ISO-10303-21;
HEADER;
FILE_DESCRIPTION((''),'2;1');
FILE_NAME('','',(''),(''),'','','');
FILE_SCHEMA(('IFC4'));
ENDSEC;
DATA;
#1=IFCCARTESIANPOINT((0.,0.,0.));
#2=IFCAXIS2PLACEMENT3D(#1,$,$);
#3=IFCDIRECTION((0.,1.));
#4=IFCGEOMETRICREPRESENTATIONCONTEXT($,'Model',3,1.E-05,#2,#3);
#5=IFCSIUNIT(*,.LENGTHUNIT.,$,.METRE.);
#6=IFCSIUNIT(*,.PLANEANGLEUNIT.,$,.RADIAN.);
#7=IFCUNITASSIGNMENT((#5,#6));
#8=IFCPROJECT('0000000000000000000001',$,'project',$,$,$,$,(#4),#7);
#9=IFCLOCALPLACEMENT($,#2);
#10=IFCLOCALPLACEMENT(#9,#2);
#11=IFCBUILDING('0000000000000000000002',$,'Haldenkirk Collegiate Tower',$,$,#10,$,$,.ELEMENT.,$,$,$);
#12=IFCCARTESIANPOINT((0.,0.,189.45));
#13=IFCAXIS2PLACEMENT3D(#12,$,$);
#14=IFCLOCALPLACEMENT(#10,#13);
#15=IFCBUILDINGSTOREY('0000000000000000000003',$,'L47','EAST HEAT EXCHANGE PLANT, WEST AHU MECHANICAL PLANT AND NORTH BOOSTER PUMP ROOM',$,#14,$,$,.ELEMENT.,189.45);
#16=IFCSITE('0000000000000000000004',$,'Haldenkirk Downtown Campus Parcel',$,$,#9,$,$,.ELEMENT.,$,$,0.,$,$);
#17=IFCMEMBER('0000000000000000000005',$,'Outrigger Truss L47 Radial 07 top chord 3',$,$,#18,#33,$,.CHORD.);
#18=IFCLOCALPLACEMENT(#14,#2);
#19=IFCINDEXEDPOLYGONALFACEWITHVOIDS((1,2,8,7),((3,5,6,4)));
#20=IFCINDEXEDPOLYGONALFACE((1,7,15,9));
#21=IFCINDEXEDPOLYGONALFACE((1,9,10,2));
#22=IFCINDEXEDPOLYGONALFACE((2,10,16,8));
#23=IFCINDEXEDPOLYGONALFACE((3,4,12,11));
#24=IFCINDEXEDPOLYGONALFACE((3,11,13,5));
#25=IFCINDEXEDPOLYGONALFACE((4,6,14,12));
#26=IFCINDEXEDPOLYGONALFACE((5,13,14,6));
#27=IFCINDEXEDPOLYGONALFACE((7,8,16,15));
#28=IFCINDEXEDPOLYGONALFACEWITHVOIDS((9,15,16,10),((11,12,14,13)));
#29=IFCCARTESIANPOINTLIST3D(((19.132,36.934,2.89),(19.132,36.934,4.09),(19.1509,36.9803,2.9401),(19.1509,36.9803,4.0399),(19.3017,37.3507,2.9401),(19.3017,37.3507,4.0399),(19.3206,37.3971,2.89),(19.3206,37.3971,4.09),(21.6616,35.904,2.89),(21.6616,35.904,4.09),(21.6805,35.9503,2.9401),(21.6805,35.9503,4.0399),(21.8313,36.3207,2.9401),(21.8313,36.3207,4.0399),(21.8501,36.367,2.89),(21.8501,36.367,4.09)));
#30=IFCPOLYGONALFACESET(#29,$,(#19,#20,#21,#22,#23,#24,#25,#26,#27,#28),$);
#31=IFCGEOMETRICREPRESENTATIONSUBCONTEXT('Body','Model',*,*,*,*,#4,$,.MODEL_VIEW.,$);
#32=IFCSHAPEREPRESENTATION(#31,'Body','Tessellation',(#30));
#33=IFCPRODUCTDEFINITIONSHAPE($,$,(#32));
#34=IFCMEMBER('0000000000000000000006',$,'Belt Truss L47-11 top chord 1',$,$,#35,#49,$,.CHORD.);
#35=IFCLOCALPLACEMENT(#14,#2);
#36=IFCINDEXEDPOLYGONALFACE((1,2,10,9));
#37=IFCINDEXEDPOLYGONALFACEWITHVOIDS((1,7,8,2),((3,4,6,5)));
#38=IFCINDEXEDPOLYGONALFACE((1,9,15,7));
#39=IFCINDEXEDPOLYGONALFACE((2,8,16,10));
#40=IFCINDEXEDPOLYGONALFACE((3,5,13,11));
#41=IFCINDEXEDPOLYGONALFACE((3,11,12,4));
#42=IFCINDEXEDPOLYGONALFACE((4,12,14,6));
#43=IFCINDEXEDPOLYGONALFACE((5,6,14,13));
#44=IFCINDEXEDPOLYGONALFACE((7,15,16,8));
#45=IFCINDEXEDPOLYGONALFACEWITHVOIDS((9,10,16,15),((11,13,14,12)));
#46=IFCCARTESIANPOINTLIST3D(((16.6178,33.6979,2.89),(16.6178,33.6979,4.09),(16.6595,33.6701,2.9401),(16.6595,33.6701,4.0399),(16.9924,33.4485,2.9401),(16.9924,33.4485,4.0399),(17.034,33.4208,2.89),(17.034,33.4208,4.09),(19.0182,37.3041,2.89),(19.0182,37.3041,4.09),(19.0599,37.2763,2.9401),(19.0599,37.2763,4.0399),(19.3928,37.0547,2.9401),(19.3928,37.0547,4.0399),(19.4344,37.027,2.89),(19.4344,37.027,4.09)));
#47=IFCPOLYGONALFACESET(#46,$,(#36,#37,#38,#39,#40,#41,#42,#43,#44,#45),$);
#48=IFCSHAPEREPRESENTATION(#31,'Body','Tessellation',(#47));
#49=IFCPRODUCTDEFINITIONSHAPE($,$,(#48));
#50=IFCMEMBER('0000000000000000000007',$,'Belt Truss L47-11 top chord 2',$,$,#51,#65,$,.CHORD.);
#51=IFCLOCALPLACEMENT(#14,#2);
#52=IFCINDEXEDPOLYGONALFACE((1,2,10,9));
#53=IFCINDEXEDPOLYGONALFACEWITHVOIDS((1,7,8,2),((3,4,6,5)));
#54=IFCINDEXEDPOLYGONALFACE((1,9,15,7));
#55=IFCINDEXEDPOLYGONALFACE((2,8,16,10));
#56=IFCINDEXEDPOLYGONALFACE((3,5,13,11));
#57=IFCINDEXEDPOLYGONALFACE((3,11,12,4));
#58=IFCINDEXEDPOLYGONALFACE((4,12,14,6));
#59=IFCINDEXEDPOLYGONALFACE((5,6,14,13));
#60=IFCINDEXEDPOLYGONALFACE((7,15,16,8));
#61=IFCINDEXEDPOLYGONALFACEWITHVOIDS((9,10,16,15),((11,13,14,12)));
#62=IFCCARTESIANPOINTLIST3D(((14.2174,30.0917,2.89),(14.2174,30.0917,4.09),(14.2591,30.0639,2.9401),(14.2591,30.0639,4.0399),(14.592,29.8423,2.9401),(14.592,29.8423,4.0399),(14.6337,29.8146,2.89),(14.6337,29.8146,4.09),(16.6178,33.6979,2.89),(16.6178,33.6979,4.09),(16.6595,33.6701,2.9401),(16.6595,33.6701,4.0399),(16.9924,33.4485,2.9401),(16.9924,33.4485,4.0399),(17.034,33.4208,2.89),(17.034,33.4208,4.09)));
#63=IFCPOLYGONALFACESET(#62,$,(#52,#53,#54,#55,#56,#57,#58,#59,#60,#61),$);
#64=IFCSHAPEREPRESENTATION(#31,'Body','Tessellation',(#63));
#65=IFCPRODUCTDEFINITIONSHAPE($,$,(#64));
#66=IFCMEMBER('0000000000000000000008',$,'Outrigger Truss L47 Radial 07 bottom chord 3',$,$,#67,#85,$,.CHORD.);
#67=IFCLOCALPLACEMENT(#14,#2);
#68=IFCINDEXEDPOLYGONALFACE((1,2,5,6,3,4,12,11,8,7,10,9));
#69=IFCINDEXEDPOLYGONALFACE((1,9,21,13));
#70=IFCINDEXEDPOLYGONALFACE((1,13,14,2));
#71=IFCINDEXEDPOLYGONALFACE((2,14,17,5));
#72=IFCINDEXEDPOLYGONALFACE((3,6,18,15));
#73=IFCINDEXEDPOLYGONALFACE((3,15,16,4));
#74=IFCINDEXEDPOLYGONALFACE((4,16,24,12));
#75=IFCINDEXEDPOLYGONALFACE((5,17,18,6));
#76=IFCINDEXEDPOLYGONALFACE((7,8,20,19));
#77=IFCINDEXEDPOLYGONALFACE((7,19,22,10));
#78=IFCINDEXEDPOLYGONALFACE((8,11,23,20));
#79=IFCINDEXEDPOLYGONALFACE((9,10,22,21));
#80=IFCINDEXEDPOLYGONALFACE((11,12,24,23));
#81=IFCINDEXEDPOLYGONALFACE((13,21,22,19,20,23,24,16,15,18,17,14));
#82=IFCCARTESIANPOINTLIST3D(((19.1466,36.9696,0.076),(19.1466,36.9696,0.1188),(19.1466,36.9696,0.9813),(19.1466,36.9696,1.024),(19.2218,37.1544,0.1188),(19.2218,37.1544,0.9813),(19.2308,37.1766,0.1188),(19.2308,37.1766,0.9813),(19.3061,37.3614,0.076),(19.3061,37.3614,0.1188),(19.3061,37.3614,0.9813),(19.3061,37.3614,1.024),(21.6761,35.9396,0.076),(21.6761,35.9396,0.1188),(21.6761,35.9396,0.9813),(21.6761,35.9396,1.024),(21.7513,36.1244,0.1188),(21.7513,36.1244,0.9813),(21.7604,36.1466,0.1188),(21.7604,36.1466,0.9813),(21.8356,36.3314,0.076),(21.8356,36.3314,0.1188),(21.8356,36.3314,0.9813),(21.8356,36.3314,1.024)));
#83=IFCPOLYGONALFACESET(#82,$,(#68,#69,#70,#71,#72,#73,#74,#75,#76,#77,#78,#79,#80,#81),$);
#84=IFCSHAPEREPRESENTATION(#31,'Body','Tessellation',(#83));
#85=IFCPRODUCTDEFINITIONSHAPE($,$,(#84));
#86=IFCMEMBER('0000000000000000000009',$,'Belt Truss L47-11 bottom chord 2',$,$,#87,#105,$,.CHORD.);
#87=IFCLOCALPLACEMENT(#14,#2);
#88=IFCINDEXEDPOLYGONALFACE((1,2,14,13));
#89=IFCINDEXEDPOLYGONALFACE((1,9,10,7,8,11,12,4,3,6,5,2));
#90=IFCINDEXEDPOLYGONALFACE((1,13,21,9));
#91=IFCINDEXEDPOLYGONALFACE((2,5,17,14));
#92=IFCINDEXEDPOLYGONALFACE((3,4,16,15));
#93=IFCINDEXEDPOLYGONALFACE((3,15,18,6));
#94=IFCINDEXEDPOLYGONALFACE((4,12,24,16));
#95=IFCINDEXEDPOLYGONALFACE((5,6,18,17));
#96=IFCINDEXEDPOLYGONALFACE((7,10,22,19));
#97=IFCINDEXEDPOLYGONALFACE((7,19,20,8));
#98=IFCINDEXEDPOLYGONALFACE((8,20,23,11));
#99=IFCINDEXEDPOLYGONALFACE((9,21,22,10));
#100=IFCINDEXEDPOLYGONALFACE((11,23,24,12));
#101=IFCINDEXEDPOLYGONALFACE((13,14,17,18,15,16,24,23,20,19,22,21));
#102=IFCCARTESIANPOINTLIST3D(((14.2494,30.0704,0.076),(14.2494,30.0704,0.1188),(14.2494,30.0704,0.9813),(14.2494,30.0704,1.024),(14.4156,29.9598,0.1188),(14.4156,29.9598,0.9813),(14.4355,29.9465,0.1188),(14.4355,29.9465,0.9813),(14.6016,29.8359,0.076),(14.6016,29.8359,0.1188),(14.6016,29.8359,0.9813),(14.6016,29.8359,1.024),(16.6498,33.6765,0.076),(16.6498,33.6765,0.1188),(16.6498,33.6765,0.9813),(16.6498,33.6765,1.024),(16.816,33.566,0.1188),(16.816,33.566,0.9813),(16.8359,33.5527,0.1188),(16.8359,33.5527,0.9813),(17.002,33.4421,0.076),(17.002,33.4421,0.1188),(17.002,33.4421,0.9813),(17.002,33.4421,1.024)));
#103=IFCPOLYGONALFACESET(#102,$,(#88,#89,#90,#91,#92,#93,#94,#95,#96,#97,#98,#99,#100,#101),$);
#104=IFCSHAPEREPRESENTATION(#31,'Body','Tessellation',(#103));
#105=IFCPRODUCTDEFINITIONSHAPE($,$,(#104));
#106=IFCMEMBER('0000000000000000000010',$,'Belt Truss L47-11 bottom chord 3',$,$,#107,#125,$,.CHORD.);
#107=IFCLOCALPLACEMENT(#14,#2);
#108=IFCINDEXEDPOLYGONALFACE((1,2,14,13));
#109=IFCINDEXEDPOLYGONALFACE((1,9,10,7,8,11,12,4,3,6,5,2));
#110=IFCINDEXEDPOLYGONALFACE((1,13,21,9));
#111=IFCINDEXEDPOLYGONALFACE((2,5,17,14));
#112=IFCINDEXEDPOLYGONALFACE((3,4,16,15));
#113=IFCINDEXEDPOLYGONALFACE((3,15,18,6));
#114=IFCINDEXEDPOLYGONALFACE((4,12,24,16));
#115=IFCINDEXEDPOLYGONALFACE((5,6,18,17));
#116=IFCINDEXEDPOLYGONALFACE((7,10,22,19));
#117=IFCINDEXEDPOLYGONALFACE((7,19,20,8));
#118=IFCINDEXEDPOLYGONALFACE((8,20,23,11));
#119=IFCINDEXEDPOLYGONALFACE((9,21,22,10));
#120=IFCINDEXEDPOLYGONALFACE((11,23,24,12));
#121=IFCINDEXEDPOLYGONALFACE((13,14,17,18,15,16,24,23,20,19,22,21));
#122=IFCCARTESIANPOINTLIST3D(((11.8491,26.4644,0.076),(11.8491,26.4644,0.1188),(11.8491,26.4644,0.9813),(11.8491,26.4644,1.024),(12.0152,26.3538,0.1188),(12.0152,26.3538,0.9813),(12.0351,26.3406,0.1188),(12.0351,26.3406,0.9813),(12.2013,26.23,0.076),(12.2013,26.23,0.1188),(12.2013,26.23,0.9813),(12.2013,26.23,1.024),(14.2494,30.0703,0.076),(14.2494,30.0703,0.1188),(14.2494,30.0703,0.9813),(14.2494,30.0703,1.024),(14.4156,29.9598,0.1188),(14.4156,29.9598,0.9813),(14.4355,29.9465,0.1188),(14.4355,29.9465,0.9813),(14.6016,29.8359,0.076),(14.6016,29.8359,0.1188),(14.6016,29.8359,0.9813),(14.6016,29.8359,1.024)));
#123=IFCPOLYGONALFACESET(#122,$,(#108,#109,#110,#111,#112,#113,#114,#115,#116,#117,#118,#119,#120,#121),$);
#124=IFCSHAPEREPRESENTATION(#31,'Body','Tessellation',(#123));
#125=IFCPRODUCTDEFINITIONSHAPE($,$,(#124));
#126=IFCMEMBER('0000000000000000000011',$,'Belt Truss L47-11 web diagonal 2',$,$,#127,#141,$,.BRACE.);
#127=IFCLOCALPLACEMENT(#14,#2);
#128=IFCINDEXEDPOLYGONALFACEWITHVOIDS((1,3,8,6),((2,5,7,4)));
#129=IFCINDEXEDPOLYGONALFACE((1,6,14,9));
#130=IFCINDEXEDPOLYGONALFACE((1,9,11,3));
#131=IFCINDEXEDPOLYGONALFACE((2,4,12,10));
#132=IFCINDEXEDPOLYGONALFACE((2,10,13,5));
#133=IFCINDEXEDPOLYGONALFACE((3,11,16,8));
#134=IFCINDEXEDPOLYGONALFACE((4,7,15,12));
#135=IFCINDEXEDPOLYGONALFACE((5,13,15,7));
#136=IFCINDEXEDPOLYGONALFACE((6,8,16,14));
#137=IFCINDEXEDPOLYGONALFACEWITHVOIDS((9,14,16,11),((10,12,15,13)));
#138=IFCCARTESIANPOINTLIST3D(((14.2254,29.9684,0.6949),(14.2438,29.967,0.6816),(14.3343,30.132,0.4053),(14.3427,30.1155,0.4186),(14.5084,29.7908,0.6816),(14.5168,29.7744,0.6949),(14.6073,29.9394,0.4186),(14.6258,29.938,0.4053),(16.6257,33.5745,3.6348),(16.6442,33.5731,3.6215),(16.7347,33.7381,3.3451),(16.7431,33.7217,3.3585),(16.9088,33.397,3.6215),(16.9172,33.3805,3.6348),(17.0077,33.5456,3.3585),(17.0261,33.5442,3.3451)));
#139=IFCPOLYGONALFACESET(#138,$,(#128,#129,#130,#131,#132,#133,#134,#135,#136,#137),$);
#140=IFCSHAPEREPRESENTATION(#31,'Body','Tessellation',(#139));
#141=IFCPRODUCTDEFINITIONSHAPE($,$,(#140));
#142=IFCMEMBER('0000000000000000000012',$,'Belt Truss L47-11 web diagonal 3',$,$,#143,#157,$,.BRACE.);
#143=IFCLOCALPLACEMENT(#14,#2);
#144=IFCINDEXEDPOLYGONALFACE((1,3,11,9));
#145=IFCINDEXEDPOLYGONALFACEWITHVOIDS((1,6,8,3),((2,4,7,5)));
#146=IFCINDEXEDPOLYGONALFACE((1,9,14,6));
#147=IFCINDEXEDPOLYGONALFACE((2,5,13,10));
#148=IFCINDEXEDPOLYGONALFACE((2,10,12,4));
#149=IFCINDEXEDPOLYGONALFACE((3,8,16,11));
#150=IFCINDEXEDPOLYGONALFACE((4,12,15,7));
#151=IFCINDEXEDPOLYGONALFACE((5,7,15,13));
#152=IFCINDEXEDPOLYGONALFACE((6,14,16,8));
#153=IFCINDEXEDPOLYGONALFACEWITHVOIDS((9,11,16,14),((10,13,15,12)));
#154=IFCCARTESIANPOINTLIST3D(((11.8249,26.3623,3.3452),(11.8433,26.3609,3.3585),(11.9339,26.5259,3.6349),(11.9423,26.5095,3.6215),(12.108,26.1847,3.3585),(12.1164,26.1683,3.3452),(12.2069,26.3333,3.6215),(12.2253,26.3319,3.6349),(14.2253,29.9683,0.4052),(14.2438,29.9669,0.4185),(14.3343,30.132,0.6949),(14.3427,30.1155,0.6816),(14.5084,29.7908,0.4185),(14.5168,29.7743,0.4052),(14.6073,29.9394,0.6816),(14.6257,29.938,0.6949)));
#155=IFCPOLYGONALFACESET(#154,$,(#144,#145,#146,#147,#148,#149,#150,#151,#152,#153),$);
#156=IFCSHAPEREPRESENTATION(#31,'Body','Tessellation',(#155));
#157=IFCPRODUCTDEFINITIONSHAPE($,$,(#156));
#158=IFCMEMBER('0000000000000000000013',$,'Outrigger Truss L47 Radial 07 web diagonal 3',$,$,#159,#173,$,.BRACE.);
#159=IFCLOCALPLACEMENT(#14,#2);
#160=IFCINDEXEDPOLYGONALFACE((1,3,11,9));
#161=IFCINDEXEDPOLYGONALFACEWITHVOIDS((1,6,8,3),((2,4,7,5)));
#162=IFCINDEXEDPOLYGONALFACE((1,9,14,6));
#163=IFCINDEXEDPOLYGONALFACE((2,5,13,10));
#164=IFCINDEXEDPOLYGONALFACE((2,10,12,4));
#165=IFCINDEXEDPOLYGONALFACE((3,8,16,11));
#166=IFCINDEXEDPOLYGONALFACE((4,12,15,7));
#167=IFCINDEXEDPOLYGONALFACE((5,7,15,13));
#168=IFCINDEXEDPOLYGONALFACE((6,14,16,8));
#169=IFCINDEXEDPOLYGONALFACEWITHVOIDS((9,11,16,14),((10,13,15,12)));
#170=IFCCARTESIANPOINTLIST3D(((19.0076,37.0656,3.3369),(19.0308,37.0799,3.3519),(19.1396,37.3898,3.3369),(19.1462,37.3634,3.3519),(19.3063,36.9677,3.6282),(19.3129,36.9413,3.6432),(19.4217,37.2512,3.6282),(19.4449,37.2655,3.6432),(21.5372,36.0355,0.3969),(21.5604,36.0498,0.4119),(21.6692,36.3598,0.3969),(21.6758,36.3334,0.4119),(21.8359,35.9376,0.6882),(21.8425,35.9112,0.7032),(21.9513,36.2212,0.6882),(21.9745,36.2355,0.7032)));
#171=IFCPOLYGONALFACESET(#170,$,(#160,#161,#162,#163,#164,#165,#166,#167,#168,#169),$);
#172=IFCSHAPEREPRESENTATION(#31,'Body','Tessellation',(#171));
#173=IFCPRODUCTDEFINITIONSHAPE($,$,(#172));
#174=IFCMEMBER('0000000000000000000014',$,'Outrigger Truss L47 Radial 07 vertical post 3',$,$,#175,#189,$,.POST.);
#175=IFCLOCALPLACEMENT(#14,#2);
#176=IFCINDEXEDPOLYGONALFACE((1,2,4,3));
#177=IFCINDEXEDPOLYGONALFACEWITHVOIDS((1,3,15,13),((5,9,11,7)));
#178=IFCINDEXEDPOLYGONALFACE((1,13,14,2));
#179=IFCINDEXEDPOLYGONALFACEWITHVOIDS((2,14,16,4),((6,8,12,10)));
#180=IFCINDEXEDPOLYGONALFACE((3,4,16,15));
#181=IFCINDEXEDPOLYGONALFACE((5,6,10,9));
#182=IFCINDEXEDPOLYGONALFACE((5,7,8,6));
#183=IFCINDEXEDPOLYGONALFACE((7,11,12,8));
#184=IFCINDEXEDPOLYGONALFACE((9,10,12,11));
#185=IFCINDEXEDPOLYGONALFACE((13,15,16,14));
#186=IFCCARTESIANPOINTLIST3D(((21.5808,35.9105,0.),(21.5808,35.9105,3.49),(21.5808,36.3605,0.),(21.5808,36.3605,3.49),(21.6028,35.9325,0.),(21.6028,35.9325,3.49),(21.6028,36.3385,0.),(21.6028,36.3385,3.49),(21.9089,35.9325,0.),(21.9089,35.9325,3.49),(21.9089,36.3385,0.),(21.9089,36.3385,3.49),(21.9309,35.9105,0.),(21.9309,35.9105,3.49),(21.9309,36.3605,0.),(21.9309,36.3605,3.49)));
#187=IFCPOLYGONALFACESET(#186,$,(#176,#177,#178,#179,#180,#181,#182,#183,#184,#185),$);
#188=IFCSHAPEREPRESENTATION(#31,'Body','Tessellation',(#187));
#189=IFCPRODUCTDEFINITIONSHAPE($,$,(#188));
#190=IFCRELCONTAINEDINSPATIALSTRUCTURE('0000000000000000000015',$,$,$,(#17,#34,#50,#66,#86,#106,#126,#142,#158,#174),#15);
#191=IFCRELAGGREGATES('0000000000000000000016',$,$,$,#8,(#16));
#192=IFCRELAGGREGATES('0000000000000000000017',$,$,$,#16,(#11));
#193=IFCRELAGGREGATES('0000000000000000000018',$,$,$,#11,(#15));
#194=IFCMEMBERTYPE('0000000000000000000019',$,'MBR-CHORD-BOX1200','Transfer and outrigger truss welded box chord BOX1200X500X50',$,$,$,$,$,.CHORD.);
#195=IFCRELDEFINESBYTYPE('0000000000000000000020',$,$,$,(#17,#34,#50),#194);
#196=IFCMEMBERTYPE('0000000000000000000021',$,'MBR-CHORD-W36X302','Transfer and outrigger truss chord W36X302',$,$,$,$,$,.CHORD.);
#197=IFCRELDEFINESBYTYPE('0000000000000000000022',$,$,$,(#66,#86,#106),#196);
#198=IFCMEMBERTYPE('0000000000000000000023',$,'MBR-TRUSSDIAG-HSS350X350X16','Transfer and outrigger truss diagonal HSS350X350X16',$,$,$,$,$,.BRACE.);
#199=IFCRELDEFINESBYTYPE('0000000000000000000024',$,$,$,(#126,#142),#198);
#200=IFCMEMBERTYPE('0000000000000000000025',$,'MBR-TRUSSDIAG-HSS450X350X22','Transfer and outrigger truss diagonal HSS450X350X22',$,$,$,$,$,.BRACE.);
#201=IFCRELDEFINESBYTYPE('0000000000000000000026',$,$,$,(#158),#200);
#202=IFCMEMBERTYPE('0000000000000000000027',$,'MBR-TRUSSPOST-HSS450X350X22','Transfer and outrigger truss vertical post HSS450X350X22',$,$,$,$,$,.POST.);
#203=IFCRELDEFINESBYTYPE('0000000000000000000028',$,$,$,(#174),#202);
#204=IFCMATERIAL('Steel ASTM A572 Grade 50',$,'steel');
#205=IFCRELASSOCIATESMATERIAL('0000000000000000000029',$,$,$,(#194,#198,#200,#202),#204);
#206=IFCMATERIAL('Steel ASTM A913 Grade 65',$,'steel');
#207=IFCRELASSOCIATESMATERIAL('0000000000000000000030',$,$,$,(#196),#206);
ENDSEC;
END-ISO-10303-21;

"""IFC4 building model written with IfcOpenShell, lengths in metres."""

from ifc_helpers import new_model, si_unit, direction, frame, origin, origin_2d, place, context, subcontext, project, spatial, hollow_rectangle, i_section, extrude, material, material_profile, profile_set, type_object, element, save


model = new_model("IFC4")

# Units and contexts
model_context = context("Model", 3, precision=1e-05, world=origin(), true_north=direction((0.0, 1.0)))
body_context = subcontext(model_context, "Body", "Model", "MODEL_VIEW")
ifc_project = project(units=[si_unit("LENGTHUNIT", "METRE"), si_unit("PLANEANGLEUNIT", "RADIAN")], contexts=[model_context])

# Site, building, storey
site_placement = place(None, origin())
site = spatial("IfcSite", under=ifc_project, at=site_placement, Name="Haldenkirk Downtown Campus Parcel", CompositionType="ELEMENT", RefElevation=0.0)
building_placement = place(site_placement, origin())
building = spatial("IfcBuilding", under=site, at=building_placement, Name="Haldenkirk Collegiate Tower", CompositionType="ELEMENT")
storey_placement = place(building_placement, frame((0.0, 0.0, 189.45)))
storey = spatial("IfcBuildingStorey", under=building, at=storey_placement, Name="L47", Description="EAST HEAT EXCHANGE PLANT, WEST AHU MECHANICAL PLANT AND NORTH BOOSTER PUMP ROOM", CompositionType="ELEMENT", Elevation=189.45)

# Members
ifc_material_1 = material(Name="Steel ASTM A572 Grade 50", Category="steel")
ifc_material_profile_1 = material_profile(ifc_material_1, hollow_rectangle(XDim=0.5, YDim=1.2, WallThickness=0.05, at=origin_2d()), Name="BOX1200X500X50")
ifc_profile_set_1 = profile_set([ifc_material_profile_1], Name="Steel ASTM A572 Grade 50")
member_type_1 = type_object("IfcMemberType", Name="MBR-CHORD-BOX1200", Description="Transfer and outrigger truss welded box chord BOX1200X500X50", PredefinedType="CHORD", material=ifc_profile_set_1)
member_1_placement = place(storey_placement, frame((21.7559, 36.1355, 3.49), z_axis=(-0.926159, 0.377132, 0.0), x_axis=(-0.377132, -0.926159, 0.0)))
element("IfcMember", 1, at=member_1_placement, inside=storey, type_object=member_type_1, Name="Outrigger Truss L47 Radial 07 top chord 3", PredefinedType="CHORD", context=body_context, shape_type="SweptSolid", body=[
    extrude(hollow_rectangle(XDim=0.5, YDim=1.2, WallThickness=0.05, at=origin_2d()), origin(), (0.0, 0.0, 1.0), 2.7312),
])
for number, where, z_axis, x_axis, name in (
    (2, (19.2263, 37.1655, 3.49), (-0.554102, -0.832449, 0.0), (0.832449, -0.554102, 0.0), "Belt Truss L47-11 top chord 1"),
    (3, (16.8259, 33.5593, 3.49), (-0.554102, -0.832449, 0.0), (0.832449, -0.554102, 0.0), "Belt Truss L47-11 top chord 2"),
):
    element("IfcMember", number, at=place(storey_placement, frame(where, z_axis=z_axis, x_axis=x_axis)), inside=storey, type_object=member_type_1, Name=name, PredefinedType="CHORD", context=body_context, shape_type="SweptSolid", body=[
        extrude(hollow_rectangle(XDim=0.5, YDim=1.2, WallThickness=0.05, at=origin_2d()), origin(), (0.0, 0.0, 1.0), 4.332),
    ])
ifc_material_2 = material(Name="Steel ASTM A913 Grade 65", Category="steel")
ifc_material_profile_2 = material_profile(ifc_material_2, i_section(OverallWidth=0.4231, OverallDepth=0.948, WebThickness=0.0239, FlangeThickness=0.0427, at=origin_2d()), Name="W36X302")
ifc_profile_set_2 = profile_set([ifc_material_profile_2], Name="Steel ASTM A913 Grade 65")
member_type_2 = type_object("IfcMemberType", Name="MBR-CHORD-W36X302", Description="Transfer and outrigger truss chord W36X302", PredefinedType="CHORD", material=ifc_profile_set_2)
member_2_placement = place(storey_placement, frame((21.7559, 36.1355, 0.55), z_axis=(-0.926159, 0.377132, 0.0), x_axis=(-0.377132, -0.926159, 0.0)))
element("IfcMember", 4, at=member_2_placement, inside=storey, type_object=member_type_2, Name="Outrigger Truss L47 Radial 07 bottom chord 3", PredefinedType="CHORD", context=body_context, shape_type="SweptSolid", body=[
    extrude(i_section(OverallWidth=0.4231, OverallDepth=0.948, WebThickness=0.0239, FlangeThickness=0.0427, at=origin_2d()), origin(), (0.0, 0.0, 1.0), 2.7312),
])
member_3_placement = place(storey_placement, frame((16.8259, 33.5593, 0.55), z_axis=(-0.554102, -0.832449, 0.0), x_axis=(0.832449, -0.554102, 0.0)))
element("IfcMember", 5, at=member_3_placement, inside=storey, type_object=member_type_2, Name="Belt Truss L47-11 bottom chord 2", PredefinedType="CHORD", context=body_context, shape_type="SweptSolid", body=[
    extrude(i_section(OverallWidth=0.4231, OverallDepth=0.948, WebThickness=0.0239, FlangeThickness=0.0427, at=origin_2d()), origin(), (0.0, 0.0, 1.0), 4.332),
])
member_4_placement = place(storey_placement, frame((14.4255, 29.9531, 0.55), z_axis=(-0.554128, -0.832432, 0.0), x_axis=(0.832432, -0.554128, 0.0)))
element("IfcMember", 6, at=member_4_placement, inside=storey, type_object=member_type_2, Name="Belt Truss L47-11 bottom chord 3", PredefinedType="CHORD", context=body_context, shape_type="SweptSolid", body=[
    extrude(i_section(OverallWidth=0.4231, OverallDepth=0.948, WebThickness=0.0239, FlangeThickness=0.0427, at=origin_2d()), origin(), (0.0, 0.0, 1.0), 4.3318),
])
ifc_material_profile_3 = material_profile(ifc_material_1, hollow_rectangle(XDim=0.3501, YDim=0.3501, WallThickness=0.0161, at=origin_2d()), Name="HSS350X350X16")
ifc_profile_set_3 = profile_set([ifc_material_profile_3], Name="Steel ASTM A572 Grade 50")
member_type_3 = type_object("IfcMemberType", Name="MBR-TRUSSDIAG-HSS350X350X16", Description="Transfer and outrigger truss diagonal HSS350X350X16", PredefinedType="BRACE", material=ifc_profile_set_3)
for number, where, z_axis, x_axis, name in (
    (7, (16.8259, 33.5593, 3.49), (-0.458489, -0.688806, -0.561546), (0.832449, -0.554102, 0.0), "Belt Truss L47-11 web diagonal 2"),
    (8, (14.4255, 29.9531, 0.55), (-0.458504, -0.688781, 0.561564), (0.832432, -0.554128, 0.0), "Belt Truss L47-11 web diagonal 3"),
):
    element("IfcMember", number, at=place(storey_placement, frame(where, z_axis=z_axis, x_axis=x_axis)), inside=storey, type_object=member_type_3, Name=name, PredefinedType="BRACE", context=body_context, shape_type="SweptSolid", body=[
        extrude(hollow_rectangle(XDim=0.3501, YDim=0.3501, WallThickness=0.0161, at=origin_2d()), origin(), (0.0, 0.0, 1.0), 5.2354),
    ])
ifc_material_profile_4 = material_profile(ifc_material_1, hollow_rectangle(XDim=0.3501, YDim=0.45, WallThickness=0.022, at=origin_2d()), Name="HSS450X350X22")
ifc_profile_set_4 = profile_set([ifc_material_profile_4], Name="Steel ASTM A572 Grade 50")
member_type_4 = type_object("IfcMemberType", Name="MBR-TRUSSDIAG-HSS450X350X22", Description="Transfer and outrigger truss diagonal HSS450X350X22", PredefinedType="BRACE", material=ifc_profile_set_4)
member_5_placement = place(storey_placement, frame((21.7559, 36.1355, 0.55), z_axis=(-0.630364, 0.256684, 0.732636), x_axis=(-0.377132, -0.926159, 0.0)))
element("IfcMember", 9, at=member_5_placement, inside=storey, type_object=member_type_4, Name="Outrigger Truss L47 Radial 07 web diagonal 3", PredefinedType="BRACE", context=body_context, shape_type="SweptSolid", body=[
    extrude(hollow_rectangle(XDim=0.3501, YDim=0.45, WallThickness=0.022, at=origin_2d()), origin(), (0.0, 0.0, 1.0), 4.0129),
])
ifc_material_profile_5 = material_profile(ifc_material_1, hollow_rectangle(XDim=0.3501, YDim=0.45, WallThickness=0.022, at=origin_2d()), Name="HSS450X350X22")
ifc_profile_set_5 = profile_set([ifc_material_profile_5], Name="Steel ASTM A572 Grade 50")
member_type_5 = type_object("IfcMemberType", Name="MBR-TRUSSPOST-HSS450X350X22", Description="Transfer and outrigger truss vertical post HSS450X350X22", PredefinedType="POST", material=ifc_profile_set_5)
for number, where, z_axis, x_axis, name in (
    (10, (21.7559, 36.1355, 0.0), (0.0, 0.0, 1.0), (1.0, 0.0, 0.0), "Outrigger Truss L47 Radial 07 vertical post 3"),
):
    element("IfcMember", number, at=place(storey_placement, frame(where, z_axis=z_axis, x_axis=x_axis)), inside=storey, type_object=member_type_5, Name=name, PredefinedType="POST", context=body_context, shape_type="SweptSolid", body=[
        extrude(hollow_rectangle(XDim=0.3501, YDim=0.45, WallThickness=0.022, at=origin_2d()), origin(), (0.0, 0.0, 1.0), 3.49),
    ])

save(model, "model.ifc")
